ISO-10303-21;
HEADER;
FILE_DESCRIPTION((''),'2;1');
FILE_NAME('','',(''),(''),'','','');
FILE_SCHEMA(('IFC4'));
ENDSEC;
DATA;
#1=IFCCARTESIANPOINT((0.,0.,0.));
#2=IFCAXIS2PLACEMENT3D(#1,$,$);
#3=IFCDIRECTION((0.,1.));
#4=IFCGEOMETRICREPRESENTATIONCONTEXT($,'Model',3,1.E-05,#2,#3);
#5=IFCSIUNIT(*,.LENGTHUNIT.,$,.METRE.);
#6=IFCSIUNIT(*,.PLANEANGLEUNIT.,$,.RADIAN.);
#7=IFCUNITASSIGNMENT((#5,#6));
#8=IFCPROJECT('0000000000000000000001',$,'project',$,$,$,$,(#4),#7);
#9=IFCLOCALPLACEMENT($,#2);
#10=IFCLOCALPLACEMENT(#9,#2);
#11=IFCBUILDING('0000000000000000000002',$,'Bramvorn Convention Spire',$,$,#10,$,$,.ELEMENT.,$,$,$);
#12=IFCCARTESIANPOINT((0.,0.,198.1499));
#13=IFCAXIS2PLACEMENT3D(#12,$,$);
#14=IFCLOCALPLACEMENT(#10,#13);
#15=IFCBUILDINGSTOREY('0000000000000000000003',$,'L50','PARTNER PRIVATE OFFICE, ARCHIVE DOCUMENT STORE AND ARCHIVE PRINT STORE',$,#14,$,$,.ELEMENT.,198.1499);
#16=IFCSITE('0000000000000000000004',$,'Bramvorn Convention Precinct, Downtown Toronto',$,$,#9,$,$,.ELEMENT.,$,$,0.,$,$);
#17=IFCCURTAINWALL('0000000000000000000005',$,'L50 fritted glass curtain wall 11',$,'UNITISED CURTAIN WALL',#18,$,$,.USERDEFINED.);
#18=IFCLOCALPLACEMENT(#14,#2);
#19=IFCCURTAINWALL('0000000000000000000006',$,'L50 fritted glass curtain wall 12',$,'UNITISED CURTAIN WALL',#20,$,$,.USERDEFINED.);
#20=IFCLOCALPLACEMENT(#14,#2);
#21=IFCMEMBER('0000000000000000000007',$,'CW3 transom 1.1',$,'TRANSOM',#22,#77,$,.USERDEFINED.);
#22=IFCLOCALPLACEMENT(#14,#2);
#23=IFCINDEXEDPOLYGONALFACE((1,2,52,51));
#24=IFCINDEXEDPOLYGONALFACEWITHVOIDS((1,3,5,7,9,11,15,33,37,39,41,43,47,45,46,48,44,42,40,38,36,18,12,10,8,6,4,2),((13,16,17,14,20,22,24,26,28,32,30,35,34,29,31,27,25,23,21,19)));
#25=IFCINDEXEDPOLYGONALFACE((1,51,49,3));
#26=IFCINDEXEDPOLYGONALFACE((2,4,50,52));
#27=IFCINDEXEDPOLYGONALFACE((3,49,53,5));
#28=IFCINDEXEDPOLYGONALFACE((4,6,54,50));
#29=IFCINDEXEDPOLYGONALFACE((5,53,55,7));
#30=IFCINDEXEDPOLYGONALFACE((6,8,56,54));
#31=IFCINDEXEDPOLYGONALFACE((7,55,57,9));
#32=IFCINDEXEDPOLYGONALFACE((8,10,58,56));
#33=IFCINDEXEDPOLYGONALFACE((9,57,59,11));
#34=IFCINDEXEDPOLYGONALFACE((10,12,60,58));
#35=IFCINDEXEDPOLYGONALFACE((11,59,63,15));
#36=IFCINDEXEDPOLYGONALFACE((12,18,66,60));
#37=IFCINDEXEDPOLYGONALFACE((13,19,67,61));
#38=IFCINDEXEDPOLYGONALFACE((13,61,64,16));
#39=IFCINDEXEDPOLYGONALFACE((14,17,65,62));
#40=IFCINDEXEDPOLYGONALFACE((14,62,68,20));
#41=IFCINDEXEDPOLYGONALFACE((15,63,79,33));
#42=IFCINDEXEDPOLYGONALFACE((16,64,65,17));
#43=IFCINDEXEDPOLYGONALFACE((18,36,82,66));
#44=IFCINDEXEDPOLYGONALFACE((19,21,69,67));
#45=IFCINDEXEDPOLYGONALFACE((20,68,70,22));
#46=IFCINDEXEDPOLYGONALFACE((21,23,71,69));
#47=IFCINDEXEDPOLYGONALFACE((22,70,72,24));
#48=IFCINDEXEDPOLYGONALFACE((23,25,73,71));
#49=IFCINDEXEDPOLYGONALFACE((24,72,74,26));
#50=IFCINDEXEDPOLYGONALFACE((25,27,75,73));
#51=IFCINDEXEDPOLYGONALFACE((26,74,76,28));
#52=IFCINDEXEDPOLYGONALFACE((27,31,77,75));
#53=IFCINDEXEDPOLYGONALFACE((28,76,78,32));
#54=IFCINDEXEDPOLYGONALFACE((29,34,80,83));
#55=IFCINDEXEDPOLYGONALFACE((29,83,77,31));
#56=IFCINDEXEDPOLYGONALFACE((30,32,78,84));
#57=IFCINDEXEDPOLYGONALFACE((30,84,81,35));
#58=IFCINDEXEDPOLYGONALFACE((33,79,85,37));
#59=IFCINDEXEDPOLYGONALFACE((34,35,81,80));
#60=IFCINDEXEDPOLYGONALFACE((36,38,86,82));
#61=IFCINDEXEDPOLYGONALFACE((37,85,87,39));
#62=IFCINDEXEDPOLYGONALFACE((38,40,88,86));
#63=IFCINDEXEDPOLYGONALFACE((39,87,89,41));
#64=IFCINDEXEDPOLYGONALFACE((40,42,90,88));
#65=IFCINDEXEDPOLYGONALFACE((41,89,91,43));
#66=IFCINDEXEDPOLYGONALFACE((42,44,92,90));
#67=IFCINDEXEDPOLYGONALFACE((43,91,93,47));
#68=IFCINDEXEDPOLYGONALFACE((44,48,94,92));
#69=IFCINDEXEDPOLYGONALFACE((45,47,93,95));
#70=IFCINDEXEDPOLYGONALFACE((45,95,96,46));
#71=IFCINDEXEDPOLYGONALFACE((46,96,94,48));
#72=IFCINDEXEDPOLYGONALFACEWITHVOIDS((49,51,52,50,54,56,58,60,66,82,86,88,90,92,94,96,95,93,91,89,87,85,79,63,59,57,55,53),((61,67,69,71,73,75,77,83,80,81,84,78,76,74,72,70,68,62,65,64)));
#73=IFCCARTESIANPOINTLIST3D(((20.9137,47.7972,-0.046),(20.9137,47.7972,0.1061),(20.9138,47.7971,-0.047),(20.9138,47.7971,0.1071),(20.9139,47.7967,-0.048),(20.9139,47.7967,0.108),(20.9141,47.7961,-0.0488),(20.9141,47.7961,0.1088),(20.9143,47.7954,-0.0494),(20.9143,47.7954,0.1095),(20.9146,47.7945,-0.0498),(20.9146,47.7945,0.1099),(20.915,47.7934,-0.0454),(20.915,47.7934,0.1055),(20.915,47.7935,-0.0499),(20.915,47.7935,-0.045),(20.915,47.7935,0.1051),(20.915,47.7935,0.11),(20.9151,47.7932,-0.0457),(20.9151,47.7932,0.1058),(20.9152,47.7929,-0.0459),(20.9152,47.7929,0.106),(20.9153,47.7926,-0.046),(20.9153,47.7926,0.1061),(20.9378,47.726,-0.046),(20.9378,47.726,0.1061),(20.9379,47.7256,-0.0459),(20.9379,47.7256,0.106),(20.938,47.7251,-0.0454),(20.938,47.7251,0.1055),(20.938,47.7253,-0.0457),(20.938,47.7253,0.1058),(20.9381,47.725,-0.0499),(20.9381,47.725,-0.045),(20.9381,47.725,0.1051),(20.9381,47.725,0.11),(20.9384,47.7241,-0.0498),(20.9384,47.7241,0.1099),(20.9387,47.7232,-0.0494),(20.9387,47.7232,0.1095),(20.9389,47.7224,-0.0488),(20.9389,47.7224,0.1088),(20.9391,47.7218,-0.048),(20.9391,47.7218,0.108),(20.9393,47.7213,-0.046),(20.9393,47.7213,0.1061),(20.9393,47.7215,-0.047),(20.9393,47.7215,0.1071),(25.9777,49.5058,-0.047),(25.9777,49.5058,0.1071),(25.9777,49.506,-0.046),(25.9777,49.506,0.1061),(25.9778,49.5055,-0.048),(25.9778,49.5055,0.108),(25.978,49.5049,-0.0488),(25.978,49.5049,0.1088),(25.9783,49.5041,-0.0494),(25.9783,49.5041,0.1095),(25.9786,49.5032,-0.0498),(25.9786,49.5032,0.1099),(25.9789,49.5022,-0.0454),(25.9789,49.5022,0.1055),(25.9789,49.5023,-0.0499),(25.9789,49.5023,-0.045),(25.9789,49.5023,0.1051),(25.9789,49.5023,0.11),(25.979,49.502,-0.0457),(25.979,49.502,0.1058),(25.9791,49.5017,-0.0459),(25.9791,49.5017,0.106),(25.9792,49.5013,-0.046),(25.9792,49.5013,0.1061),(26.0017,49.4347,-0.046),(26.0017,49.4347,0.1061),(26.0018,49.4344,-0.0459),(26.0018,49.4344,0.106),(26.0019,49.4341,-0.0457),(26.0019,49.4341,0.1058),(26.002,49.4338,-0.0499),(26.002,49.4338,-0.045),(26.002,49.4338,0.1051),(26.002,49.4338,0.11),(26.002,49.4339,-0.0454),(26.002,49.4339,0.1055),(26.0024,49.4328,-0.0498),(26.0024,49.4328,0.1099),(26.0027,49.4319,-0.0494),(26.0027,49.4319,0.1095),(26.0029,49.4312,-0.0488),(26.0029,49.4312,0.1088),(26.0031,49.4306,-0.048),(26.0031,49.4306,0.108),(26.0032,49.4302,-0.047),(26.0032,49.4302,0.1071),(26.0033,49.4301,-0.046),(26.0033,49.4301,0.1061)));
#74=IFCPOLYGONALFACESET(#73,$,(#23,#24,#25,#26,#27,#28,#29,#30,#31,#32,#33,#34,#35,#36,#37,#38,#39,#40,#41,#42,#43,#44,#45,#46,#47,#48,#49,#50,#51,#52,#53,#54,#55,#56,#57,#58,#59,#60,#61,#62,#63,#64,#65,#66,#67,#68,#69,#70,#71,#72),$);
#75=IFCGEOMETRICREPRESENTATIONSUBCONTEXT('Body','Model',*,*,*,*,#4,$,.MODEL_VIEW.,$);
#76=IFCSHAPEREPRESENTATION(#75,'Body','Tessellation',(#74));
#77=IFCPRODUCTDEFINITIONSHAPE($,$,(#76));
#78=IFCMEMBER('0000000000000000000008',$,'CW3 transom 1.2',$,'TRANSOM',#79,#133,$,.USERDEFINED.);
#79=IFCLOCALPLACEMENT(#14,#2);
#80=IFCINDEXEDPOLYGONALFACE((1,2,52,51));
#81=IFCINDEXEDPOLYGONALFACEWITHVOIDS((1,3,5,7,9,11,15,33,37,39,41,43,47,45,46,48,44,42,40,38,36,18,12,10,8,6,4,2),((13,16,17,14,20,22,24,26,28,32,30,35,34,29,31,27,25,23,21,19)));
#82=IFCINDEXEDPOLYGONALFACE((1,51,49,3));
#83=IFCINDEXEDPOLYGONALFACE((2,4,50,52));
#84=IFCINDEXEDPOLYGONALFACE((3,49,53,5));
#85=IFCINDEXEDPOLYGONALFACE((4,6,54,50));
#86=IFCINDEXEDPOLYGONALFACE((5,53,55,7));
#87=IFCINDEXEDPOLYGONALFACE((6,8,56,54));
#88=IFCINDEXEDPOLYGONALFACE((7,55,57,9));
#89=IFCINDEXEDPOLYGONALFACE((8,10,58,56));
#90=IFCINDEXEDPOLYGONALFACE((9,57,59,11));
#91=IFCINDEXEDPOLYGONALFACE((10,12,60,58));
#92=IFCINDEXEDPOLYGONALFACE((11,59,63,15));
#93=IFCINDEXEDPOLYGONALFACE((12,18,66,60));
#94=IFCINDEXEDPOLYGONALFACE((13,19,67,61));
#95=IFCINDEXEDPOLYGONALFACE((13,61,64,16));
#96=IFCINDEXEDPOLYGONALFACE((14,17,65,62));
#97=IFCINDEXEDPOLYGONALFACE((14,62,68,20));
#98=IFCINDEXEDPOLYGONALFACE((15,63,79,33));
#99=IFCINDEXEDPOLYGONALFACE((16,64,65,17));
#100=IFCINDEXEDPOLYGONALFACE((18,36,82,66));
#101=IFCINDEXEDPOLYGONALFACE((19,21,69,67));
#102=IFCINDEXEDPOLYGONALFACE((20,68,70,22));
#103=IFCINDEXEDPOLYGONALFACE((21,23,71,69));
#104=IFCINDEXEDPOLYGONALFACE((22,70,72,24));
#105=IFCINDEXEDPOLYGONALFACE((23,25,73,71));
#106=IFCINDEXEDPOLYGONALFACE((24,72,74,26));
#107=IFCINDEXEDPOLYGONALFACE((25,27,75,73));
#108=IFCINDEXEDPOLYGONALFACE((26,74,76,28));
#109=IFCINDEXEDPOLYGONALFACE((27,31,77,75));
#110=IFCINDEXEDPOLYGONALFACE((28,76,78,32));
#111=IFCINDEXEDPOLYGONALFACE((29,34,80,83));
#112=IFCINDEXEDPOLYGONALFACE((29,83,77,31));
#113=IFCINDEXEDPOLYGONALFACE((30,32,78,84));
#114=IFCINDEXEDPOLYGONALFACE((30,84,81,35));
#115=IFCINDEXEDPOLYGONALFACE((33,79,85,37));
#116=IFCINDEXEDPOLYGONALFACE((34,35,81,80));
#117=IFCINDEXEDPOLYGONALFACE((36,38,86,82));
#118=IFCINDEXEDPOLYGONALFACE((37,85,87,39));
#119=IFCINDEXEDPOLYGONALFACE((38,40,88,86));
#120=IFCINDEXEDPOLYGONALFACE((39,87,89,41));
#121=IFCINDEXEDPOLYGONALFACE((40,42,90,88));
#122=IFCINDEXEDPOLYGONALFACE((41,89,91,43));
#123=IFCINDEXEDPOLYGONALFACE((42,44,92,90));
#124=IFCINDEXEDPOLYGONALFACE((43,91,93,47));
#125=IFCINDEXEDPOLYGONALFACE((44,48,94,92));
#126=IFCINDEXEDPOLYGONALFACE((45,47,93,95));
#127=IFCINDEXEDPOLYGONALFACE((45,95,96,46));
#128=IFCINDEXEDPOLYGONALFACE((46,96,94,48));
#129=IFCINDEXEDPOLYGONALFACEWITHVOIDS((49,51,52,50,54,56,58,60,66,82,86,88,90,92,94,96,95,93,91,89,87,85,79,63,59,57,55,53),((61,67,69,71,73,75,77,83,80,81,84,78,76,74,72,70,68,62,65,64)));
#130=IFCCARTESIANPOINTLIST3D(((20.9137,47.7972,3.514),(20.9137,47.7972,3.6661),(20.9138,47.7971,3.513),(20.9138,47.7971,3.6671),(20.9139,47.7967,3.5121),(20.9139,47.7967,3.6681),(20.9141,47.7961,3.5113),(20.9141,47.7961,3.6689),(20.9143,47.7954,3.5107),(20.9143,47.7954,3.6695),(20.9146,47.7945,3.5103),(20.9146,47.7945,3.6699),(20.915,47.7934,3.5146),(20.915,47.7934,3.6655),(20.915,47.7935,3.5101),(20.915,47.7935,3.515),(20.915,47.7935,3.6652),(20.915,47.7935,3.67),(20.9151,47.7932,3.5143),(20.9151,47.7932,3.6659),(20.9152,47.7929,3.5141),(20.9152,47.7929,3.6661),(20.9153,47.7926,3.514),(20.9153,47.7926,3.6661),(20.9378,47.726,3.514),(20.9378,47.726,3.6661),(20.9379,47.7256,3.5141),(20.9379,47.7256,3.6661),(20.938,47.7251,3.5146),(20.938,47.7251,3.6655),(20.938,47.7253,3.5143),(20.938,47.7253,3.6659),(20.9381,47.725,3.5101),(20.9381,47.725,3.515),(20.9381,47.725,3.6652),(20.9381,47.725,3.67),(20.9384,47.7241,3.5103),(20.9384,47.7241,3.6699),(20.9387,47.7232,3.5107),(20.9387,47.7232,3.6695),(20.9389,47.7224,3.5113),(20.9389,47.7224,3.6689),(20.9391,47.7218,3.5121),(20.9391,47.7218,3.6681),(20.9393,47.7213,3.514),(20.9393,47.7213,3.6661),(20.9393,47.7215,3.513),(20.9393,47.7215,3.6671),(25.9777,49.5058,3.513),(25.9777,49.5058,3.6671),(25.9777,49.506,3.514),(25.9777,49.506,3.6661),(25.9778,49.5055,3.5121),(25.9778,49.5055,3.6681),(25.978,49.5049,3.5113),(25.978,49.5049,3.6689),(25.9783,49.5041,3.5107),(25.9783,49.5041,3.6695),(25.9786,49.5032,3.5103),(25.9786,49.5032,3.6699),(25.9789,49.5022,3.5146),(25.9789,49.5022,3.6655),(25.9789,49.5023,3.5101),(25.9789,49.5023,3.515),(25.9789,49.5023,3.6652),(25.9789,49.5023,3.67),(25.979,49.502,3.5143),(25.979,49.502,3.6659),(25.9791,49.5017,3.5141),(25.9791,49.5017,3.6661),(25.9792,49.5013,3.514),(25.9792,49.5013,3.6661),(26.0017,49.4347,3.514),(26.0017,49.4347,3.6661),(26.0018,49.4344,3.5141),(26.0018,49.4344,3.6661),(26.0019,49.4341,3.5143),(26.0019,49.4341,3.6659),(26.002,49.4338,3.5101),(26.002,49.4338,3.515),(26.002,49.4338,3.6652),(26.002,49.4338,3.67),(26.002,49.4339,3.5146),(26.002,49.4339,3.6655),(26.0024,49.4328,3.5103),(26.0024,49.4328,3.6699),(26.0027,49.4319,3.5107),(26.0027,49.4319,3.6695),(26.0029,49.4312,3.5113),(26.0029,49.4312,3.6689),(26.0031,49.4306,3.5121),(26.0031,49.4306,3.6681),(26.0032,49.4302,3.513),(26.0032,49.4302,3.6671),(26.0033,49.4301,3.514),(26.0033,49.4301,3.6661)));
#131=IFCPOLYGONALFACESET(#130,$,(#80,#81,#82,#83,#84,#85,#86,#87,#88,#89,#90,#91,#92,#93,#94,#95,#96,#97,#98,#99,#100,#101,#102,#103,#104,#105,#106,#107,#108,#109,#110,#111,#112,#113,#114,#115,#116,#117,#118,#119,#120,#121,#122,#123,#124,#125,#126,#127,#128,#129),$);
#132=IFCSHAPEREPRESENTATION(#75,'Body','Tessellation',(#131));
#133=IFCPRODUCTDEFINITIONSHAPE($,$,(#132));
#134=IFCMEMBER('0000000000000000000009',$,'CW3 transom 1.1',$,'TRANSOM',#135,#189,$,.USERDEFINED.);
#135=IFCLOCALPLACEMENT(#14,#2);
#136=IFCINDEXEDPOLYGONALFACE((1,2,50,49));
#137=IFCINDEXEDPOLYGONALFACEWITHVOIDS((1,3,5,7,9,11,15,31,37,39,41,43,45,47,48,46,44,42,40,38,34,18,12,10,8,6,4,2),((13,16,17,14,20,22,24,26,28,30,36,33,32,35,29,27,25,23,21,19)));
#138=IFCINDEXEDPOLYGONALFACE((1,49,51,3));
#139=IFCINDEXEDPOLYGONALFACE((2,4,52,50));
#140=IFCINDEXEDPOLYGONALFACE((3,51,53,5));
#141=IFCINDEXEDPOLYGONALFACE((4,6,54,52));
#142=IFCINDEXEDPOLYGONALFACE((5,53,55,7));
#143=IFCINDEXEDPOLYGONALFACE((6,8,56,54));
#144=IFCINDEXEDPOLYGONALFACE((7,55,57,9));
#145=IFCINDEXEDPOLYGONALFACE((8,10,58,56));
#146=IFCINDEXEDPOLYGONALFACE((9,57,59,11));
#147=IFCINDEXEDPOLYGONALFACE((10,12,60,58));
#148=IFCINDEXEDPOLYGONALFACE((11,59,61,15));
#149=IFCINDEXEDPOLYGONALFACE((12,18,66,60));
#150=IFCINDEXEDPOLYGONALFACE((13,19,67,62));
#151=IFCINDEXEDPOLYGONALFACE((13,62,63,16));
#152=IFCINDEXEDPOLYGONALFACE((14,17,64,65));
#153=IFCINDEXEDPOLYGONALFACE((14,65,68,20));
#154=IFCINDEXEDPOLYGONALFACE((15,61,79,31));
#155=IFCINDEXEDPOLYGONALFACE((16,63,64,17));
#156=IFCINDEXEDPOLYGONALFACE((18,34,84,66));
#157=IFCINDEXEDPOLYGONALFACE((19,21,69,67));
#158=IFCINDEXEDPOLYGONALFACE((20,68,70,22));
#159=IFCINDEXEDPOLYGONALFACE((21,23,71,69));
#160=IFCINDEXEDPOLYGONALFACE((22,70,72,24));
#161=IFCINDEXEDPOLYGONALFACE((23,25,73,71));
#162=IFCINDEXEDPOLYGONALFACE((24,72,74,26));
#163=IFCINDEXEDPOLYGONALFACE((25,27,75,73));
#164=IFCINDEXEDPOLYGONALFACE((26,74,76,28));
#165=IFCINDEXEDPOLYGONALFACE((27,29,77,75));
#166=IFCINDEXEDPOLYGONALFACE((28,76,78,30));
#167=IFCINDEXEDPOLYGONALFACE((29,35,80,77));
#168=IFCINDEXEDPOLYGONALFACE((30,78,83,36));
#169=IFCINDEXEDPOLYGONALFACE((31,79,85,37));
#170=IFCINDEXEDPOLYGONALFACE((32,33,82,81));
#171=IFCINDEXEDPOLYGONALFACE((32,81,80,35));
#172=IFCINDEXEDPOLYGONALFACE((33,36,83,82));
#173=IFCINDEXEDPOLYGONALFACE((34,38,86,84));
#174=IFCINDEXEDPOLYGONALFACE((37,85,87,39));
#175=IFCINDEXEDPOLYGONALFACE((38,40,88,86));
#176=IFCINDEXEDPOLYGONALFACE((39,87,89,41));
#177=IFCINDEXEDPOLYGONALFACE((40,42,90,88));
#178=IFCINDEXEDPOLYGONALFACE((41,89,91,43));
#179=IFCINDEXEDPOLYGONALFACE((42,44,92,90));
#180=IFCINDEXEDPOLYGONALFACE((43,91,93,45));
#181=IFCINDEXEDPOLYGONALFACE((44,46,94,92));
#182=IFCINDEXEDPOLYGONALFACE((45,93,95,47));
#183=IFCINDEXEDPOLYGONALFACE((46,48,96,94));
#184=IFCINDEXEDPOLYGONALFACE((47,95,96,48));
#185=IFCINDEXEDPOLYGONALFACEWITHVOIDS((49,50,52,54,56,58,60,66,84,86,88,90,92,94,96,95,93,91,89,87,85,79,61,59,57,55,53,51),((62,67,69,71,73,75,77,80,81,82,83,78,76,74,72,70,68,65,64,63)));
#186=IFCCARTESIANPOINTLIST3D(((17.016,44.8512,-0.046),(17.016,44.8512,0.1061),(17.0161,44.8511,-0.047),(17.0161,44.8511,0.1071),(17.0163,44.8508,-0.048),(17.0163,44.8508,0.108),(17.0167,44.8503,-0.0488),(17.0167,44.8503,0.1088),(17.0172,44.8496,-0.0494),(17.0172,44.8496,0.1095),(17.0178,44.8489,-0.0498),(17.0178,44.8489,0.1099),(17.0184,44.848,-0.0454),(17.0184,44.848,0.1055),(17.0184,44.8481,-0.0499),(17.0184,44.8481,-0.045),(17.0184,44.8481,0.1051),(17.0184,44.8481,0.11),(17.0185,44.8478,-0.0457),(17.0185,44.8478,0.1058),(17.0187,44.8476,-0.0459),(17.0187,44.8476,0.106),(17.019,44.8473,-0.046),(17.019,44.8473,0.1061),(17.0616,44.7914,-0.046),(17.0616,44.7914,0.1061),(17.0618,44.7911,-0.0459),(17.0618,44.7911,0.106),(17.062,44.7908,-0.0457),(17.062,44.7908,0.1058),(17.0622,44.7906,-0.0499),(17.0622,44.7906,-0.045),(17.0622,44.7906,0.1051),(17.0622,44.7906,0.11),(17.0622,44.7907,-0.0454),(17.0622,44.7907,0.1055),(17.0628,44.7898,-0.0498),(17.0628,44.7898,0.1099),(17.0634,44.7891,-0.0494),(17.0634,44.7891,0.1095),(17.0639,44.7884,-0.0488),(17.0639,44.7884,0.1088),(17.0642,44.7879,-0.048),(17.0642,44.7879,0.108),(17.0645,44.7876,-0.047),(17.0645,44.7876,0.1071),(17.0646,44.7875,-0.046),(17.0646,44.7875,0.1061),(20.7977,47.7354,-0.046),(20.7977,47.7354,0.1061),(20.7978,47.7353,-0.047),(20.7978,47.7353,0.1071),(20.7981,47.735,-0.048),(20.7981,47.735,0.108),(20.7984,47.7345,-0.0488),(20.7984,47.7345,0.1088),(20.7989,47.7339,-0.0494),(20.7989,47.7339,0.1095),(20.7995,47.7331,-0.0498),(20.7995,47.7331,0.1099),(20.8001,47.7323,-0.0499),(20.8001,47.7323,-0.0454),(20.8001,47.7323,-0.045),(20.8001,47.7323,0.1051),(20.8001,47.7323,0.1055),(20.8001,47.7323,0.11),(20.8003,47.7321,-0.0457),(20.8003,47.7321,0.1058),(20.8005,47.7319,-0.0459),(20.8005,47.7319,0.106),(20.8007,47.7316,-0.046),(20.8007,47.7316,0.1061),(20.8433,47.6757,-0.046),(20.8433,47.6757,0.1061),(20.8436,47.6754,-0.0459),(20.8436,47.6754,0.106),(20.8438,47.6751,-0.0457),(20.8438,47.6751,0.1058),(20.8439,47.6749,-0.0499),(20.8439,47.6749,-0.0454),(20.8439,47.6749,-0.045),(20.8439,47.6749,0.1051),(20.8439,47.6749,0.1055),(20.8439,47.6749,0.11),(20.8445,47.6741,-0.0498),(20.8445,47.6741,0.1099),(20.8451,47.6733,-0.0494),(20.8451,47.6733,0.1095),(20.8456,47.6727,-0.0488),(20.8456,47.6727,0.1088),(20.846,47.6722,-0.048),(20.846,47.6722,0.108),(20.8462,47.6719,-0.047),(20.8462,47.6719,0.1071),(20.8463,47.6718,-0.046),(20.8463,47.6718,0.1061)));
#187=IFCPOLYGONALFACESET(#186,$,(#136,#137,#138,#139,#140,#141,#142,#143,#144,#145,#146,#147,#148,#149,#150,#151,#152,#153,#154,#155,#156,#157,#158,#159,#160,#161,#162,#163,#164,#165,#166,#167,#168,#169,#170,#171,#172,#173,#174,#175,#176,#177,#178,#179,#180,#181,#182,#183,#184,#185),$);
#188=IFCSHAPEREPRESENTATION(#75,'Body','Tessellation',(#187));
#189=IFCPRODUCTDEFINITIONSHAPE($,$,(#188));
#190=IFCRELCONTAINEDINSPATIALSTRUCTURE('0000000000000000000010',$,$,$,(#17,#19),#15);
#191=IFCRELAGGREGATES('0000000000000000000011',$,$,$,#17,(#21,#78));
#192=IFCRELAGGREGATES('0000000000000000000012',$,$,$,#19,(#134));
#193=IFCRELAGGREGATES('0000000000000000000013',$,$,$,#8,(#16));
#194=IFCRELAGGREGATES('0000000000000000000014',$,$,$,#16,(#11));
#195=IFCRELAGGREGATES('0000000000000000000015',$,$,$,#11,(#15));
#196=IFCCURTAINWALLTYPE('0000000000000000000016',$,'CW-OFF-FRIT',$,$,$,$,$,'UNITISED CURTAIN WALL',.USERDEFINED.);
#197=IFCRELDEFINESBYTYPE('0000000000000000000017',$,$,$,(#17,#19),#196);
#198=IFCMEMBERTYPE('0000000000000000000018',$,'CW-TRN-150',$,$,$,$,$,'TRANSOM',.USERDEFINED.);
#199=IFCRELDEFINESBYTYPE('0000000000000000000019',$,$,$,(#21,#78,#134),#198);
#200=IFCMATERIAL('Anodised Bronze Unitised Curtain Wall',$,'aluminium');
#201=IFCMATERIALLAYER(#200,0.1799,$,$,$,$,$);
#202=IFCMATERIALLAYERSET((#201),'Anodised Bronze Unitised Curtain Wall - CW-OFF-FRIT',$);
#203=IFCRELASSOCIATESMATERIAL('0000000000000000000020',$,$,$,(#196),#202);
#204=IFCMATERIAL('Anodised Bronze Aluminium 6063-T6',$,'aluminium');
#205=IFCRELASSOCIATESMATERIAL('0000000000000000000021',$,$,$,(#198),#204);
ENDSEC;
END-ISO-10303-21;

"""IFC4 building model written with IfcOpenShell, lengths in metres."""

from ifc_helpers import new_model, si_unit, direction, frame, origin, origin_2d, place, context, subcontext, project, spatial, hollow_rectangle, extrude, material, layer, layer_set, material_profile, profile_set, type_object, element, aggregate, save


model = new_model("IFC4")

# Units and contexts
model_context = context("Model", 3, precision=1e-05, world=origin(), true_north=direction((0.0, 1.0)))
body_context = subcontext(model_context, "Body", "Model", "MODEL_VIEW")
ifc_project = project(units=[si_unit("LENGTHUNIT", "METRE"), si_unit("PLANEANGLEUNIT", "RADIAN")], contexts=[model_context])

# Site, building, storey
site_placement = place(None, origin())
site = spatial("IfcSite", under=ifc_project, at=site_placement, Name="Bramvorn Convention Precinct, Downtown Toronto", CompositionType="ELEMENT", RefElevation=0.0)
building_placement = place(site_placement, origin())
building = spatial("IfcBuilding", under=site, at=building_placement, Name="Bramvorn Convention Spire", CompositionType="ELEMENT")
storey_placement = place(building_placement, frame((0.0, 0.0, 198.1499)))
storey = spatial("IfcBuildingStorey", under=building, at=storey_placement, Name="L50", Description="PARTNER PRIVATE OFFICE, ARCHIVE DOCUMENT STORE AND ARCHIVE PRINT STORE", CompositionType="ELEMENT", Elevation=198.1499)

# Curtain wall
ifc_material_1 = material(Name="Anodised Bronze Unitised Curtain Wall", Category="aluminium")
ifc_layer_1 = layer(ifc_material_1, 0.1799)
ifc_layer_set_1 = layer_set([ifc_layer_1], Name="Anodised Bronze Unitised Curtain Wall - CW-OFF-FRIT")
curtain_wall_type = type_object("IfcCurtainWallType", Name="CW-OFF-FRIT", ElementType="UNITISED CURTAIN WALL", PredefinedType="USERDEFINED", material=ifc_layer_set_1)
curtain_wall_1_placement = place(storey_placement, origin())
curtain_wall_1 = element("IfcCurtainWall", 1, at=curtain_wall_1_placement, inside=storey, type_object=curtain_wall_type, Name="L50 fritted glass curtain wall 11", ObjectType="UNITISED CURTAIN WALL", PredefinedType="USERDEFINED")
ifc_material_2 = material(Name="Anodised Bronze Aluminium 6063-T6", Category="aluminium")

# Curtain wall
curtain_wall_2_placement = place(storey_placement, origin())
curtain_wall_2 = element("IfcCurtainWall", 2, at=curtain_wall_2_placement, inside=storey, type_object=curtain_wall_type, Name="L50 fritted glass curtain wall 12", ObjectType="UNITISED CURTAIN WALL", PredefinedType="USERDEFINED")

# Members
ifc_material_profile_1 = material_profile(ifc_material_2, hollow_rectangle(XDim=0.0801, YDim=0.1599, WallThickness=0.0039, InnerFilletRadius=0.001, OuterFilletRadius=0.0039, at=origin_2d()))
ifc_profile_set_1 = profile_set([ifc_material_profile_1], Name="Anodised Bronze Aluminium 6063-T6 - CWT80X160")
member_type_1 = type_object("IfcMemberType", Name="CW-TRN-150", ElementType="TRANSOM", PredefinedType="USERDEFINED", material=ifc_profile_set_1)
member_1_placement = place(storey_placement, frame((20.9265, 47.7593, 0.03), z_axis=(0.947512, 0.31972, 0.0), x_axis=(-0.31972, 0.947512, 0.0)))
member_1 = element("IfcMember", 3, at=member_1_placement, type_object=member_type_1, Name="CW3 transom 1.1", ObjectType="TRANSOM", PredefinedType="USERDEFINED", context=body_context, shape_type="SweptSolid", body=[
    extrude(hollow_rectangle(XDim=0.0801, YDim=0.1599, WallThickness=0.0039, InnerFilletRadius=0.001, OuterFilletRadius=0.0039, at=origin_2d()), origin(), (0.0, 0.0, 1.0), 5.3445),
])
member_2_placement = place(storey_placement, frame((20.9265, 47.7593, 3.5901), z_axis=(0.947512, 0.31972, 0.0), x_axis=(-0.31972, 0.947512, 0.0)))
member_2 = element("IfcMember", 4, at=member_2_placement, type_object=member_type_1, Name="CW3 transom 1.2", ObjectType="TRANSOM", PredefinedType="USERDEFINED", context=body_context, shape_type="SweptSolid", body=[
    extrude(hollow_rectangle(XDim=0.0801, YDim=0.1599, WallThickness=0.0039, InnerFilletRadius=0.001, OuterFilletRadius=0.0039, at=origin_2d()), origin(), (0.0, 0.0, 1.0), 5.3445),
])
aggregate(curtain_wall_1, [member_1, member_2])
member_3_placement = place(storey_placement, frame((17.0403, 44.8193, 0.03), z_axis=(0.795132, 0.606436, 0.0), x_axis=(-0.606436, 0.795132, 0.0)))
member_3 = element("IfcMember", 5, at=member_3_placement, type_object=member_type_1, Name="CW3 transom 1.1", ObjectType="TRANSOM", PredefinedType="USERDEFINED", context=body_context, shape_type="SweptSolid", body=[
    extrude(hollow_rectangle(XDim=0.0801, YDim=0.1599, WallThickness=0.0039, InnerFilletRadius=0.001, OuterFilletRadius=0.0039, at=origin_2d()), origin(), (0.0, 0.0, 1.0), 4.7561),
])

aggregate(curtain_wall_2, [member_3])

save(model, "model.ifc")
